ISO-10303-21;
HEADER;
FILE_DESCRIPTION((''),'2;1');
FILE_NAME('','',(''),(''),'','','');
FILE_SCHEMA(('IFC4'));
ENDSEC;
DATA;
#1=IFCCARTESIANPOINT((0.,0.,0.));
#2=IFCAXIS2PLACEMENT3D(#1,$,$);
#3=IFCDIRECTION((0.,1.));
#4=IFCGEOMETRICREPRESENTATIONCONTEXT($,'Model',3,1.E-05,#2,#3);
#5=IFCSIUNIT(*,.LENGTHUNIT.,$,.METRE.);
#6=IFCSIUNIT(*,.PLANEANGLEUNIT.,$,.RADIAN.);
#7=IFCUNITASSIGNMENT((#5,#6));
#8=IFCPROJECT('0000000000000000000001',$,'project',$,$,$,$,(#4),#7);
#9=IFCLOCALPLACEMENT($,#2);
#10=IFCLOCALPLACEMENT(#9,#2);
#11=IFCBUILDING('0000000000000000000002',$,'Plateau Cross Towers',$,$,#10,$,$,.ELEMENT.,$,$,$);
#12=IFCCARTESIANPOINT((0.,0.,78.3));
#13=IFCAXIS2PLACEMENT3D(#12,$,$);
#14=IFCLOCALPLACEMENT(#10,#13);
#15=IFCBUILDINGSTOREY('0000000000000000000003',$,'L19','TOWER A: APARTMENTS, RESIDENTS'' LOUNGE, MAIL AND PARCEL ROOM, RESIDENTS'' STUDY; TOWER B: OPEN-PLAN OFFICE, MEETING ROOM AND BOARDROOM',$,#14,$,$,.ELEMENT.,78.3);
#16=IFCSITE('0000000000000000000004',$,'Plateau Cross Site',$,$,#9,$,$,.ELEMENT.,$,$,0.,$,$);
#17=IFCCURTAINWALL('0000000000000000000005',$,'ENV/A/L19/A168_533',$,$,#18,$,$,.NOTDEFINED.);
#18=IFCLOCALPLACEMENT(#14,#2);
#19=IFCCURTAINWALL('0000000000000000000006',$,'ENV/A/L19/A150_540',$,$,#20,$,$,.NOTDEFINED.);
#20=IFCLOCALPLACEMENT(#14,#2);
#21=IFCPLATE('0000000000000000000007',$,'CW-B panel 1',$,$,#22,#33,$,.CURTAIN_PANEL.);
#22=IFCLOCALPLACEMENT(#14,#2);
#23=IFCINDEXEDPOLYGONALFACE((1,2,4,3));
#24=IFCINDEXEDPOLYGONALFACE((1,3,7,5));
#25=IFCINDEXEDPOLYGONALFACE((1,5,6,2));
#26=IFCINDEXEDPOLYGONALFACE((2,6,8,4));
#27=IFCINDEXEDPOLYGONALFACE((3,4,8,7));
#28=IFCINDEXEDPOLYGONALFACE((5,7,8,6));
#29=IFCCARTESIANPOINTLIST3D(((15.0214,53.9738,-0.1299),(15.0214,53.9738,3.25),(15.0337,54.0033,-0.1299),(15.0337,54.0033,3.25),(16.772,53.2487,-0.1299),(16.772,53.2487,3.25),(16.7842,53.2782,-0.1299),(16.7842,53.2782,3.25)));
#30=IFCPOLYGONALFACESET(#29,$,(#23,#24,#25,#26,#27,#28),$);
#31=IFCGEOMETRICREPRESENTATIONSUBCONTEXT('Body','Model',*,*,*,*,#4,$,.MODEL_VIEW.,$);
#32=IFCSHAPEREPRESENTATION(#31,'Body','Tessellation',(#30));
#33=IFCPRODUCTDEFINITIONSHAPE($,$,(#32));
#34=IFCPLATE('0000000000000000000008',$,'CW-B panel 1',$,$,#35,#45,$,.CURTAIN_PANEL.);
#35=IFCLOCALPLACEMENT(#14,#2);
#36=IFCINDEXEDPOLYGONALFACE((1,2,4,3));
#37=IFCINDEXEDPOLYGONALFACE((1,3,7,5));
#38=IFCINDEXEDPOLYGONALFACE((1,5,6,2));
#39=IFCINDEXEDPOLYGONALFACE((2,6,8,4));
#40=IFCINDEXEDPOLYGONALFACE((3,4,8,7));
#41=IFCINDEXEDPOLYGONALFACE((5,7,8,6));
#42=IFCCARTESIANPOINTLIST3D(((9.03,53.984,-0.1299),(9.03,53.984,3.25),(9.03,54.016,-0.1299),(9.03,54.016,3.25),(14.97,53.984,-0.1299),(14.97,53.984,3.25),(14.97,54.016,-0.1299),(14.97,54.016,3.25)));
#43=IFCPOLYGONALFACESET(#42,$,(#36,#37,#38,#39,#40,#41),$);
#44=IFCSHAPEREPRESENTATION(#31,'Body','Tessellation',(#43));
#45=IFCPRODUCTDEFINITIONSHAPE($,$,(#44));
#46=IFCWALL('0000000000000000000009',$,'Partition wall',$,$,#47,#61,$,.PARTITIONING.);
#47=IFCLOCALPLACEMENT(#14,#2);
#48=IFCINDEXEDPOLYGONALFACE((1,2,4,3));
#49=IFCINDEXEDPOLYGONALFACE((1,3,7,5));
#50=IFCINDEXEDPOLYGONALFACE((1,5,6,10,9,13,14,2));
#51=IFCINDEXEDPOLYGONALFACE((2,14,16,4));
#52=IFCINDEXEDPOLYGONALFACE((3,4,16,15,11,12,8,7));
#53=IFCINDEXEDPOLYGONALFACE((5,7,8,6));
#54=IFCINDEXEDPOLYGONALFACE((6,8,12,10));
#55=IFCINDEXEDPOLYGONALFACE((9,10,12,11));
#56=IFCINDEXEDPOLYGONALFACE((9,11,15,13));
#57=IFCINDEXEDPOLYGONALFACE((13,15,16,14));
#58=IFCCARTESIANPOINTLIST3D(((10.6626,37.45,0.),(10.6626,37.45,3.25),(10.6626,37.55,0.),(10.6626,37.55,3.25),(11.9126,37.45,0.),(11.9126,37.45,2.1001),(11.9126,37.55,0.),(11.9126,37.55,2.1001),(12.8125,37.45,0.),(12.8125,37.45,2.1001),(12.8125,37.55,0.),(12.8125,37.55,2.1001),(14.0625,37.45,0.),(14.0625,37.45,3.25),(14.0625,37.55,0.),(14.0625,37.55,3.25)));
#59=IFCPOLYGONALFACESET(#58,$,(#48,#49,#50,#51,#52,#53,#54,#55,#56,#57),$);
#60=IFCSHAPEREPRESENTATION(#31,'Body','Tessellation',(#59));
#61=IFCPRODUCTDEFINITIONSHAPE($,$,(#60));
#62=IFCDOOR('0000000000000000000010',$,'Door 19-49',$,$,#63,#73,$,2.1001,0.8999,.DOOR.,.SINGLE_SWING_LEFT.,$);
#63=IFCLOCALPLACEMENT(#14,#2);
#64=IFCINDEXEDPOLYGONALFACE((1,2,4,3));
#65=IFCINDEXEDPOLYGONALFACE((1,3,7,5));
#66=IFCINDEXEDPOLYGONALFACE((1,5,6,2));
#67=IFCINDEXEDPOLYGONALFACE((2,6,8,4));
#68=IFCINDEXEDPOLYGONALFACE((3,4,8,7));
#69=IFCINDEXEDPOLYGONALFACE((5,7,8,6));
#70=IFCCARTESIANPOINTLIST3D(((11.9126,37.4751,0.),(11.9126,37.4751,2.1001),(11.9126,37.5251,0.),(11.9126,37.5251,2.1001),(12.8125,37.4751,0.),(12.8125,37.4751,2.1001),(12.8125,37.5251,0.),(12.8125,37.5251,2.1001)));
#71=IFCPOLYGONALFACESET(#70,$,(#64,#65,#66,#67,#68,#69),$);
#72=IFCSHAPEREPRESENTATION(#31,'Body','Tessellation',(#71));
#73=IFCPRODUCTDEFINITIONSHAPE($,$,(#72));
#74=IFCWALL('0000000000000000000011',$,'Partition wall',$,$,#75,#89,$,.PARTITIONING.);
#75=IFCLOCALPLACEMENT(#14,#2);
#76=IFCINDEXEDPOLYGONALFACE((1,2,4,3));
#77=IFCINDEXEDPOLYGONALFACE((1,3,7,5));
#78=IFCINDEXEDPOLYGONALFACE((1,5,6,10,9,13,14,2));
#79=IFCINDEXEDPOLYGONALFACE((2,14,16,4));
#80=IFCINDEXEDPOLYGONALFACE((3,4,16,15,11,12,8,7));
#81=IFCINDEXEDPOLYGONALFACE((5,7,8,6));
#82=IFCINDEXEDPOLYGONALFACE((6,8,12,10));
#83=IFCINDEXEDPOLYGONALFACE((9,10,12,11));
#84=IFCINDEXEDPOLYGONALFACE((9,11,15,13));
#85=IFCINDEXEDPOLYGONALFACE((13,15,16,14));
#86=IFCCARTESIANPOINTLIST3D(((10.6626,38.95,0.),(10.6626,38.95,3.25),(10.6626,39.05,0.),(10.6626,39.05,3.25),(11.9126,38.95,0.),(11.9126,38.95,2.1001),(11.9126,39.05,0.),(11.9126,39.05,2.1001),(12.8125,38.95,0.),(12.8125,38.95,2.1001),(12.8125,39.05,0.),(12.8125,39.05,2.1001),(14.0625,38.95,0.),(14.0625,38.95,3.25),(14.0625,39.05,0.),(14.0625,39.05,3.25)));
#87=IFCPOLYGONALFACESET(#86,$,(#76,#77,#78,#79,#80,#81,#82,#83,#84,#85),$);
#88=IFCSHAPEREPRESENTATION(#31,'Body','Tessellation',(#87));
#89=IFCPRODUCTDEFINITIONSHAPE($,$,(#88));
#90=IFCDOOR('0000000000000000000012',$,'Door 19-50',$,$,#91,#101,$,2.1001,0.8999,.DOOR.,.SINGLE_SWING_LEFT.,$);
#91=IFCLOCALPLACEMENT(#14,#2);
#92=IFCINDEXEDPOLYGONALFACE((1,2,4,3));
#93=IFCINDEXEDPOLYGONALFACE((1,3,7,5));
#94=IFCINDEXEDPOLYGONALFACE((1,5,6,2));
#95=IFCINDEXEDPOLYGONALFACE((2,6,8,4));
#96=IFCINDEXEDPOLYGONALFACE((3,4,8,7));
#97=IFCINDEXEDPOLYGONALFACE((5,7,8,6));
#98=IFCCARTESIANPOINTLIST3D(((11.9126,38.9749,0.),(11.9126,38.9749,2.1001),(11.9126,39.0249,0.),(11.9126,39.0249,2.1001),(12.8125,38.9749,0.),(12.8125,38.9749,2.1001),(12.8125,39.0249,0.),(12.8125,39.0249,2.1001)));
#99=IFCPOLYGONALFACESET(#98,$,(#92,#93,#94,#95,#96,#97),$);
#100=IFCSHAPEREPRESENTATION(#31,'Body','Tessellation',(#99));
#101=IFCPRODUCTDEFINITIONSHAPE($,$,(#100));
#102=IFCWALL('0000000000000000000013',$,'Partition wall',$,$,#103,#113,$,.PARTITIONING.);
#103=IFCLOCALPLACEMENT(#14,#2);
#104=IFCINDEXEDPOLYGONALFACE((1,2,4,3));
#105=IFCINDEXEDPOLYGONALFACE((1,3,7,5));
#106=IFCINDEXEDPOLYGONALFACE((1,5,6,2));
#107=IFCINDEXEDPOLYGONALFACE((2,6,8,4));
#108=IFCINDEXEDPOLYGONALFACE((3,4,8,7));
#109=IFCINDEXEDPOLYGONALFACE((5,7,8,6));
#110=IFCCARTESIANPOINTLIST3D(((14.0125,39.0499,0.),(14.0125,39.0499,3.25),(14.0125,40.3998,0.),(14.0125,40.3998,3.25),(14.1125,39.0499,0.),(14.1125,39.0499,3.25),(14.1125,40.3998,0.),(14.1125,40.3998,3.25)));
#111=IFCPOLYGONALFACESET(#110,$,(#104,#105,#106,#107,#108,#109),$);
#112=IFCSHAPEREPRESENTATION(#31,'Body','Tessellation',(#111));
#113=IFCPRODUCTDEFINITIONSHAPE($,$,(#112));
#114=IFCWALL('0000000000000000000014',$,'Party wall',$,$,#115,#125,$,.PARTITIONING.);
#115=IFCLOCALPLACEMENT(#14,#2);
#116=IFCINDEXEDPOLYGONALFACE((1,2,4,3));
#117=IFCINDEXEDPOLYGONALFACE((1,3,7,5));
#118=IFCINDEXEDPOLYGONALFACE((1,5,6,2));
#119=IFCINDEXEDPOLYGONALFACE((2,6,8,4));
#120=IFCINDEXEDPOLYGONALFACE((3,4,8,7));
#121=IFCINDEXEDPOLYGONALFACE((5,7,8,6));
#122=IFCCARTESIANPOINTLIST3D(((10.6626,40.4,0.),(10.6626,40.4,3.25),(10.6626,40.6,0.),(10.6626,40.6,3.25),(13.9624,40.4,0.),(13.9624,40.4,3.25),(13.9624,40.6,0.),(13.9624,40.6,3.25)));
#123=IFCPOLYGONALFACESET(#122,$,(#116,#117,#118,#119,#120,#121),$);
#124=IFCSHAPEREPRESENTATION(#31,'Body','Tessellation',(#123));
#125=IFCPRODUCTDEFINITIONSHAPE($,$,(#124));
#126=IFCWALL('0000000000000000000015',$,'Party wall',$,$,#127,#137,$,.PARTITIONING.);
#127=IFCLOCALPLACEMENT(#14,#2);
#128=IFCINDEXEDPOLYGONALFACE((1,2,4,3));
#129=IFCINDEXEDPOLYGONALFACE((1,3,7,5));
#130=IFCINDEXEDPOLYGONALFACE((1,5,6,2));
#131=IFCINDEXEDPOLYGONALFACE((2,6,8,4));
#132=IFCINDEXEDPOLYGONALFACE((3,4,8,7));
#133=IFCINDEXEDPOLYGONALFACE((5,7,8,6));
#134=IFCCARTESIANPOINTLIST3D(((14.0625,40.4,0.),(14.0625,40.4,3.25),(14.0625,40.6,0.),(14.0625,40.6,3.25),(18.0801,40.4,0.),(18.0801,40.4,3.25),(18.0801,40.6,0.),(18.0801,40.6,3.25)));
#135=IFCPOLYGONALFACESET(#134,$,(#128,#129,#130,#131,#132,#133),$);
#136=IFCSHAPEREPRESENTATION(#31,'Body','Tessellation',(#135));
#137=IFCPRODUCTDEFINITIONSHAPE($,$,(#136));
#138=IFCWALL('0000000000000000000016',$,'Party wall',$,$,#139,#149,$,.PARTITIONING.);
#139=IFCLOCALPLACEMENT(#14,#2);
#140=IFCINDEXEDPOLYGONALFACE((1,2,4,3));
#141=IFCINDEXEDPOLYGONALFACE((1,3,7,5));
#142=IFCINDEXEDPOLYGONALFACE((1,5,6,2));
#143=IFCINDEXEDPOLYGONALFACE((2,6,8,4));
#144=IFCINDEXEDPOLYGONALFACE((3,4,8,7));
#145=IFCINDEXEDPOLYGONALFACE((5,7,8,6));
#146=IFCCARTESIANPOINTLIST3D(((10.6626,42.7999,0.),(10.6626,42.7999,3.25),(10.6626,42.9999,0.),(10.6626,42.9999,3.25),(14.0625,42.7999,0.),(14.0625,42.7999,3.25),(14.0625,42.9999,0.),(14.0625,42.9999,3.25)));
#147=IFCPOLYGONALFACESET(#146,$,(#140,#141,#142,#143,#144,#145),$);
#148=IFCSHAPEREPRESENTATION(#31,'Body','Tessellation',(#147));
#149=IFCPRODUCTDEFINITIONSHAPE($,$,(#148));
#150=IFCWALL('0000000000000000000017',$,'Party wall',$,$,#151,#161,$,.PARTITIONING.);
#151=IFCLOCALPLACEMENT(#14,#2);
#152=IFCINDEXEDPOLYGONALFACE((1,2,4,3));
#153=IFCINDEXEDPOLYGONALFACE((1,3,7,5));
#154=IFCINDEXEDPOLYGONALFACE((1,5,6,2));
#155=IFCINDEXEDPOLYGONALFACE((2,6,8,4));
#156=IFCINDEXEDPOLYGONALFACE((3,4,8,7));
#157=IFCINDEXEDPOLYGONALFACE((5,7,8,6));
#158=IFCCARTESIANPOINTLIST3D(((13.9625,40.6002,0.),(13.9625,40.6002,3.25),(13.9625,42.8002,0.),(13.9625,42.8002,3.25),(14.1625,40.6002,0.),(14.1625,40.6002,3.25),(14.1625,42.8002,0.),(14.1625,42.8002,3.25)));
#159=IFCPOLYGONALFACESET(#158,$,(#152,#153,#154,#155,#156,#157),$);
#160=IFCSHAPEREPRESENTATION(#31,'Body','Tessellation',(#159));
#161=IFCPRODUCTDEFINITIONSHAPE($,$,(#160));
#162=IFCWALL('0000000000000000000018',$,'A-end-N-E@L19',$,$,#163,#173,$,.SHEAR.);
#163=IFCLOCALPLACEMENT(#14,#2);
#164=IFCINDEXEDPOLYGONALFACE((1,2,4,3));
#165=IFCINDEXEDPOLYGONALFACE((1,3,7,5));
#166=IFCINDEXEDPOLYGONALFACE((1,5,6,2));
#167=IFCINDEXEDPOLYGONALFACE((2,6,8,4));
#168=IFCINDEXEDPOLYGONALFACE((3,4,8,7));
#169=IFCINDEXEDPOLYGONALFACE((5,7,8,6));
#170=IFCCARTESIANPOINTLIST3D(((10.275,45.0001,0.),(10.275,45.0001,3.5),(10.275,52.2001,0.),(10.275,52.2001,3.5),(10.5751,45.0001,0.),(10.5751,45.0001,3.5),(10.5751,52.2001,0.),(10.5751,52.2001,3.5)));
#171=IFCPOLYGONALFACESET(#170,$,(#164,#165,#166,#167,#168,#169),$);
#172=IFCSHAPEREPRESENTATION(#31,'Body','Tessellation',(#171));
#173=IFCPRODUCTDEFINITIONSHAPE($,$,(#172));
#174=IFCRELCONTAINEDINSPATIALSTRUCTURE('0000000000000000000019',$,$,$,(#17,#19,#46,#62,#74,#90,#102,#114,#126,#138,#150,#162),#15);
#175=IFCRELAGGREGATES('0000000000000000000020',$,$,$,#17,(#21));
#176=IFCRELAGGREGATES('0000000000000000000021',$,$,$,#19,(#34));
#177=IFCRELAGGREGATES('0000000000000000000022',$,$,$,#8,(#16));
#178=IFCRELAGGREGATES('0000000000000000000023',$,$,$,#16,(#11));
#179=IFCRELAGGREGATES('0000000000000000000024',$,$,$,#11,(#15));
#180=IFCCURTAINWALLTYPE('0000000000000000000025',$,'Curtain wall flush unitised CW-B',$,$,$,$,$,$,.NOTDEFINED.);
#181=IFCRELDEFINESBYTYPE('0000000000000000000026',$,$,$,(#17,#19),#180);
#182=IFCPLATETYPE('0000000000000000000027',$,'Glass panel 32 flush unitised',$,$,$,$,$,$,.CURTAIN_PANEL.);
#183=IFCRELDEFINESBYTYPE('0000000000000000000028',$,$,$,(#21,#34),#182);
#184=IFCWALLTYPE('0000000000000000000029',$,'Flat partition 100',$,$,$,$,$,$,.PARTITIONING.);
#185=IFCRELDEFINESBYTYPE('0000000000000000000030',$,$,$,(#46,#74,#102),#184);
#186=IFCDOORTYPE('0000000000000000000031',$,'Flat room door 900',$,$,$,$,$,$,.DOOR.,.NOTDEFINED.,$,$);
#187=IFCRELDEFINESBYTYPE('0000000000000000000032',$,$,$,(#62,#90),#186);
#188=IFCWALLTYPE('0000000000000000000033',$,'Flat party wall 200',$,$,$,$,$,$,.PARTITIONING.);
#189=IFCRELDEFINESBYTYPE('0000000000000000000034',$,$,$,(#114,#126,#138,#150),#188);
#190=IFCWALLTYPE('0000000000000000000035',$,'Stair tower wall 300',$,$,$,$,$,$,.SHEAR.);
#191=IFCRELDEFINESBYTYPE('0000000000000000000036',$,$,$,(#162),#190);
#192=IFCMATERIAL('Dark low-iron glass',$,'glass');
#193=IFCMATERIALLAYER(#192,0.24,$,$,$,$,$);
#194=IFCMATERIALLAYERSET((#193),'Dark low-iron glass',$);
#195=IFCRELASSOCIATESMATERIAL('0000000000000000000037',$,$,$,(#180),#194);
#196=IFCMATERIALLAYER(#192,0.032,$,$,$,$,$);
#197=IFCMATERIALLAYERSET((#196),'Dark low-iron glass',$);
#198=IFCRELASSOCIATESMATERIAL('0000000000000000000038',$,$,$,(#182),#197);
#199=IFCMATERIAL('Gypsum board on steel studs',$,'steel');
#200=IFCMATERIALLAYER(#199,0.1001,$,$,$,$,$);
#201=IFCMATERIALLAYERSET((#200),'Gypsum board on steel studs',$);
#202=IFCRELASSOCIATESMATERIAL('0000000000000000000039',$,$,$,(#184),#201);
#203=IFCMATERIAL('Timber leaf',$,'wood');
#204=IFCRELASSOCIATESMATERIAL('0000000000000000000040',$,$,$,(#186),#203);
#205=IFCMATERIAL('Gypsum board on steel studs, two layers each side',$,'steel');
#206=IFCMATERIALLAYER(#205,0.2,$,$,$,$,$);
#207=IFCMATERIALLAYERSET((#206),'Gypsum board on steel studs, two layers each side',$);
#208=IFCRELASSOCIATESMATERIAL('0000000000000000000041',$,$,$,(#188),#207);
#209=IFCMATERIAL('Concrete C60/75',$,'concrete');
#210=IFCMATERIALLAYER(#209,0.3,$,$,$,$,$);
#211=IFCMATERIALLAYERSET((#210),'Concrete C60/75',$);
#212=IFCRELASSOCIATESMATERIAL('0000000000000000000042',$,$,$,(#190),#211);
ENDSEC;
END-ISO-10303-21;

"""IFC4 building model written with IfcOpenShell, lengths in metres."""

from ifc_helpers import new_model, si_unit, direction, frame, frame_2d, origin, origin_2d, place, context, subcontext, project, spatial, rectangle, extrude, material, layer, layer_set, type_object, element, fill, aggregate, save


model = new_model("IFC4")

# Units and contexts
model_context = context("Model", 3, precision=1e-05, world=origin(), true_north=direction((0.0, 1.0)))
body_context = subcontext(model_context, "Body", "Model", "MODEL_VIEW")
ifc_project = project(units=[si_unit("LENGTHUNIT", "METRE"), si_unit("PLANEANGLEUNIT", "RADIAN")], contexts=[model_context])

# Site, building, storey
site_placement = place(None, origin())
site = spatial("IfcSite", under=ifc_project, at=site_placement, Name="Plateau Cross Site", CompositionType="ELEMENT", RefElevation=0.0)
building_placement = place(site_placement, origin())
building = spatial("IfcBuilding", under=site, at=building_placement, Name="Plateau Cross Towers", CompositionType="ELEMENT")
storey_placement = place(building_placement, frame((0.0, 0.0, 78.3)))
storey = spatial("IfcBuildingStorey", under=building, at=storey_placement, Name="L19", Description="TOWER A: APARTMENTS, RESIDENTS' LOUNGE, MAIL AND PARCEL ROOM, RESIDENTS' STUDY; TOWER B: OPEN-PLAN OFFICE, MEETING ROOM AND BOARDROOM", CompositionType="ELEMENT", Elevation=78.3)

# Shared definitions
ifc_material_1 = material(Name="Concrete C60/75", Category="concrete")

# Shared definitions
ifc_material_2 = material(Name="Dark low-iron glass", Category="glass")
ifc_layer_1 = layer(ifc_material_2, 0.24)
ifc_layer_set_1 = layer_set([ifc_layer_1], Name="Dark low-iron glass")
curtain_wall_type = type_object("IfcCurtainWallType", Name="Curtain wall flush unitised CW-B", PredefinedType="NOTDEFINED", material=ifc_layer_set_1)

# Curtain wall
curtain_wall_1_placement = place(storey_placement, origin())
curtain_wall_1 = element("IfcCurtainWall", 1, at=curtain_wall_1_placement, inside=storey, type_object=curtain_wall_type, Name="ENV/A/L19/A168_533", PredefinedType="NOTDEFINED")

# Curtain wall
curtain_wall_2_placement = place(storey_placement, origin())
curtain_wall_2 = element("IfcCurtainWall", 2, at=curtain_wall_2_placement, inside=storey, type_object=curtain_wall_type, Name="ENV/A/L19/A150_540", PredefinedType="NOTDEFINED")

# Plates
ifc_layer_2 = layer(ifc_material_2, 0.032)
ifc_layer_set_2 = layer_set([ifc_layer_2], Name="Dark low-iron glass")
plate_type = type_object("IfcPlateType", Name="Glass panel 32 flush unitised", PredefinedType="CURTAIN_PANEL", material=ifc_layer_set_2)
plate_1_placement = place(storey_placement, frame((15.9028, 53.626, -0.1299), z_axis=(0.0, 0.0, 1.0), x_axis=(-0.923879, 0.382684, 0.0)))
plate_1 = element("IfcPlate", 3, at=plate_1_placement, type_object=plate_type, Name="CW-B panel 1", PredefinedType="CURTAIN_PANEL", context=body_context, shape_type="SweptSolid", body=[
    extrude(rectangle(XDim=1.8948, YDim=0.032, at=origin_2d()), origin(), (0.0, 0.0, 1.0), 3.3799),
])
aggregate(curtain_wall_1, [plate_1])
plate_2_placement = place(storey_placement, frame((12.0, 54.0, -0.1299), z_axis=(0.0, 0.0, 1.0), x_axis=(-1.0, 0.0, 0.0)))
plate_2 = element("IfcPlate", 4, at=plate_2_placement, type_object=plate_type, Name="CW-B panel 1", PredefinedType="CURTAIN_PANEL", context=body_context, shape_type="SweptSolid", body=[
    extrude(rectangle(XDim=5.9399, YDim=0.032, at=origin_2d()), origin(), (0.0, 0.0, 1.0), 3.3799),
])
aggregate(curtain_wall_2, [plate_2])

# Walls, openings, doors
ifc_material_3 = material(Name="Gypsum board on steel studs", Category="steel")
ifc_layer_3 = layer(ifc_material_3, 0.1001)
ifc_layer_set_3 = layer_set([ifc_layer_3], Name="Gypsum board on steel studs")
wall_type_1 = type_object("IfcWallType", Name="Flat partition 100", PredefinedType="PARTITIONING", material=ifc_layer_set_3)
wall_1_placement = place(storey_placement, frame((14.0625, 37.5, 0.0), z_axis=(0.0, 0.0, 1.0), x_axis=(-1.0, 0.0, 0.0)))
wall_1 = element("IfcWall", 5, at=wall_1_placement, inside=storey, type_object=wall_type_1, Name="Partition wall", PredefinedType="PARTITIONING", context=body_context, shape_type="SweptSolid", body=[
    extrude(rectangle(XDim=3.3999, YDim=0.1001, at=frame_2d((1.7, 0.0))), origin(), (0.0, 0.0, 1.0), 3.25),
])
opening_1_placement = place(wall_1_placement, frame((1.25, 0.0, 0.0)))
opening_1 = element("IfcOpeningElement", 6, at=opening_1_placement, cuts=wall_1, PredefinedType="OPENING", context=body_context, shape_type="SweptSolid", body=[
    extrude(rectangle(XDim=0.8999, YDim=2.1001, at=frame_2d((0.45, 1.05))), frame((0.0, 0.0601, 0.0), z_axis=(0.0, -1.0, 0.0), x_axis=(1.0, 0.0, 0.0)), (0.0, 0.0, 1.0), 0.1201),
])
ifc_material_4 = material(Name="Timber leaf", Category="wood")
door_type = type_object("IfcDoorType", Name="Flat room door 900", OperationType="NOTDEFINED", PredefinedType="DOOR", material=ifc_material_4)
door_1_placement = place(opening_1_placement, origin())
door_1 = element("IfcDoor", 7, at=door_1_placement, inside=storey, type_object=door_type, Name="Door 19-49", OperationType="SINGLE_SWING_LEFT", OverallHeight=2.1001, OverallWidth=0.8999, PredefinedType="DOOR", context=body_context, shape_type="SweptSolid", body=[
    extrude(rectangle(XDim=0.8999, YDim=2.1001, at=frame_2d((0.45, 1.05))), frame((0.0, 0.0249, 0.0), z_axis=(0.0, -1.0, 0.0), x_axis=(1.0, 0.0, 0.0)), (0.0, 0.0, 1.0), 0.05),
])
fill(opening_1, door_1)
wall_2_placement = place(storey_placement, frame((10.6626, 39.0, 0.0), z_axis=(0.0, 0.0, 1.0), x_axis=(1.0, 0.0, 0.0)))
wall_2 = element("IfcWall", 8, at=wall_2_placement, inside=storey, type_object=wall_type_1, Name="Partition wall", PredefinedType="PARTITIONING", context=body_context, shape_type="SweptSolid", body=[
    extrude(rectangle(XDim=3.3999, YDim=0.1001, at=frame_2d((1.7, 0.0))), origin(), (0.0, 0.0, 1.0), 3.25),
])
opening_2_placement = place(wall_2_placement, frame((1.25, 0.0, 0.0)))
opening_2 = element("IfcOpeningElement", 9, at=opening_2_placement, cuts=wall_2, PredefinedType="OPENING", context=body_context, shape_type="SweptSolid", body=[
    extrude(rectangle(XDim=0.8999, YDim=2.1001, at=frame_2d((0.45, 1.05))), frame((0.0, 0.0601, 0.0), z_axis=(0.0, -1.0, 0.0), x_axis=(1.0, 0.0, 0.0)), (0.0, 0.0, 1.0), 0.1201),
])
door_2_placement = place(opening_2_placement, origin())
door_2 = element("IfcDoor", 10, at=door_2_placement, inside=storey, type_object=door_type, Name="Door 19-50", OperationType="SINGLE_SWING_LEFT", OverallHeight=2.1001, OverallWidth=0.8999, PredefinedType="DOOR", context=body_context, shape_type="SweptSolid", body=[
    extrude(rectangle(XDim=0.8999, YDim=2.1001, at=frame_2d((0.45, 1.05))), frame((0.0, 0.0249, 0.0), z_axis=(0.0, -1.0, 0.0), x_axis=(1.0, 0.0, 0.0)), (0.0, 0.0, 1.0), 0.05),
])
fill(opening_2, door_2)

# Walls
wall_3_placement = place(storey_placement, frame((14.0625, 39.05, 0.0), z_axis=(0.0, 0.0, 1.0), x_axis=(0.0, 1.0, 0.0)))
element("IfcWall", 11, at=wall_3_placement, inside=storey, type_object=wall_type_1, Name="Partition wall", PredefinedType="PARTITIONING", context=body_context, shape_type="SweptSolid", body=[
    extrude(rectangle(XDim=1.3499, YDim=0.1001, at=frame_2d((0.6748, 0.0))), origin(), (0.0, 0.0, 1.0), 3.25),
])
ifc_material_5 = material(Name="Gypsum board on steel studs, two layers each side", Category="steel")
ifc_layer_4 = layer(ifc_material_5, 0.2)
ifc_layer_set_4 = layer_set([ifc_layer_4], Name="Gypsum board on steel studs, two layers each side")
wall_type_2 = type_object("IfcWallType", Name="Flat party wall 200", PredefinedType="PARTITIONING", material=ifc_layer_set_4)
wall_4_placement = place(storey_placement, frame((13.9624, 40.5, 0.0), z_axis=(0.0, 0.0, 1.0), x_axis=(-1.0, 0.0, 0.0)))
element("IfcWall", 12, at=wall_4_placement, inside=storey, type_object=wall_type_2, Name="Party wall", PredefinedType="PARTITIONING", context=body_context, shape_type="SweptSolid", body=[
    extrude(rectangle(XDim=3.2998, YDim=0.2, at=frame_2d((1.6499, 0.0))), origin(), (0.0, 0.0, 1.0), 3.25),
])
wall_5_placement = place(storey_placement, frame((14.0625, 40.5, 0.0), z_axis=(0.0, 0.0, 1.0), x_axis=(1.0, 0.0, 0.0)))
element("IfcWall", 13, at=wall_5_placement, inside=storey, type_object=wall_type_2, Name="Party wall", PredefinedType="PARTITIONING", context=body_context, shape_type="SweptSolid", body=[
    extrude(rectangle(XDim=4.0176, YDim=0.2, at=frame_2d((2.0088, 0.0))), origin(), (0.0, 0.0, 1.0), 3.25),
])
wall_6_placement = place(storey_placement, frame((14.0625, 42.8999, 0.0), z_axis=(0.0, 0.0, 1.0), x_axis=(-1.0, 0.0, 0.0)))
element("IfcWall", 14, at=wall_6_placement, inside=storey, type_object=wall_type_2, Name="Party wall", PredefinedType="PARTITIONING", context=body_context, shape_type="SweptSolid", body=[
    extrude(rectangle(XDim=3.3999, YDim=0.2, at=frame_2d((1.7, 0.0))), origin(), (0.0, 0.0, 1.0), 3.25),
])
wall_7_placement = place(storey_placement, frame((14.0625, 40.6001, 0.0), z_axis=(0.0, 0.0, 1.0), x_axis=(0.0, 1.0, 0.0)))
element("IfcWall", 15, at=wall_7_placement, inside=storey, type_object=wall_type_2, Name="Party wall", PredefinedType="PARTITIONING", context=body_context, shape_type="SweptSolid", body=[
    extrude(rectangle(XDim=2.2, YDim=0.2, at=frame_2d((1.1001, 0.0))), origin(), (0.0, 0.0, 1.0), 3.25),
])
ifc_layer_5 = layer(ifc_material_1, 0.3)
ifc_layer_set_5 = layer_set([ifc_layer_5], Name="Concrete C60/75")
wall_type_3 = type_object("IfcWallType", Name="Stair tower wall 300", PredefinedType="SHEAR", material=ifc_layer_set_5)
wall_8_placement = place(storey_placement, frame((10.425, 45.0, 0.0), z_axis=(0.0, 0.0, 1.0), x_axis=(0.0, 1.0, 0.0)))
element("IfcWall", 16, at=wall_8_placement, inside=storey, type_object=wall_type_3, Name="A-end-N-E@L19", PredefinedType="SHEAR", context=body_context, shape_type="SweptSolid", body=[
    extrude(rectangle(XDim=7.2, YDim=0.3, at=frame_2d((3.6001, 0.0))), origin(), (0.0, 0.0, 1.0), 3.5),
])

save(model, "model.ifc")
